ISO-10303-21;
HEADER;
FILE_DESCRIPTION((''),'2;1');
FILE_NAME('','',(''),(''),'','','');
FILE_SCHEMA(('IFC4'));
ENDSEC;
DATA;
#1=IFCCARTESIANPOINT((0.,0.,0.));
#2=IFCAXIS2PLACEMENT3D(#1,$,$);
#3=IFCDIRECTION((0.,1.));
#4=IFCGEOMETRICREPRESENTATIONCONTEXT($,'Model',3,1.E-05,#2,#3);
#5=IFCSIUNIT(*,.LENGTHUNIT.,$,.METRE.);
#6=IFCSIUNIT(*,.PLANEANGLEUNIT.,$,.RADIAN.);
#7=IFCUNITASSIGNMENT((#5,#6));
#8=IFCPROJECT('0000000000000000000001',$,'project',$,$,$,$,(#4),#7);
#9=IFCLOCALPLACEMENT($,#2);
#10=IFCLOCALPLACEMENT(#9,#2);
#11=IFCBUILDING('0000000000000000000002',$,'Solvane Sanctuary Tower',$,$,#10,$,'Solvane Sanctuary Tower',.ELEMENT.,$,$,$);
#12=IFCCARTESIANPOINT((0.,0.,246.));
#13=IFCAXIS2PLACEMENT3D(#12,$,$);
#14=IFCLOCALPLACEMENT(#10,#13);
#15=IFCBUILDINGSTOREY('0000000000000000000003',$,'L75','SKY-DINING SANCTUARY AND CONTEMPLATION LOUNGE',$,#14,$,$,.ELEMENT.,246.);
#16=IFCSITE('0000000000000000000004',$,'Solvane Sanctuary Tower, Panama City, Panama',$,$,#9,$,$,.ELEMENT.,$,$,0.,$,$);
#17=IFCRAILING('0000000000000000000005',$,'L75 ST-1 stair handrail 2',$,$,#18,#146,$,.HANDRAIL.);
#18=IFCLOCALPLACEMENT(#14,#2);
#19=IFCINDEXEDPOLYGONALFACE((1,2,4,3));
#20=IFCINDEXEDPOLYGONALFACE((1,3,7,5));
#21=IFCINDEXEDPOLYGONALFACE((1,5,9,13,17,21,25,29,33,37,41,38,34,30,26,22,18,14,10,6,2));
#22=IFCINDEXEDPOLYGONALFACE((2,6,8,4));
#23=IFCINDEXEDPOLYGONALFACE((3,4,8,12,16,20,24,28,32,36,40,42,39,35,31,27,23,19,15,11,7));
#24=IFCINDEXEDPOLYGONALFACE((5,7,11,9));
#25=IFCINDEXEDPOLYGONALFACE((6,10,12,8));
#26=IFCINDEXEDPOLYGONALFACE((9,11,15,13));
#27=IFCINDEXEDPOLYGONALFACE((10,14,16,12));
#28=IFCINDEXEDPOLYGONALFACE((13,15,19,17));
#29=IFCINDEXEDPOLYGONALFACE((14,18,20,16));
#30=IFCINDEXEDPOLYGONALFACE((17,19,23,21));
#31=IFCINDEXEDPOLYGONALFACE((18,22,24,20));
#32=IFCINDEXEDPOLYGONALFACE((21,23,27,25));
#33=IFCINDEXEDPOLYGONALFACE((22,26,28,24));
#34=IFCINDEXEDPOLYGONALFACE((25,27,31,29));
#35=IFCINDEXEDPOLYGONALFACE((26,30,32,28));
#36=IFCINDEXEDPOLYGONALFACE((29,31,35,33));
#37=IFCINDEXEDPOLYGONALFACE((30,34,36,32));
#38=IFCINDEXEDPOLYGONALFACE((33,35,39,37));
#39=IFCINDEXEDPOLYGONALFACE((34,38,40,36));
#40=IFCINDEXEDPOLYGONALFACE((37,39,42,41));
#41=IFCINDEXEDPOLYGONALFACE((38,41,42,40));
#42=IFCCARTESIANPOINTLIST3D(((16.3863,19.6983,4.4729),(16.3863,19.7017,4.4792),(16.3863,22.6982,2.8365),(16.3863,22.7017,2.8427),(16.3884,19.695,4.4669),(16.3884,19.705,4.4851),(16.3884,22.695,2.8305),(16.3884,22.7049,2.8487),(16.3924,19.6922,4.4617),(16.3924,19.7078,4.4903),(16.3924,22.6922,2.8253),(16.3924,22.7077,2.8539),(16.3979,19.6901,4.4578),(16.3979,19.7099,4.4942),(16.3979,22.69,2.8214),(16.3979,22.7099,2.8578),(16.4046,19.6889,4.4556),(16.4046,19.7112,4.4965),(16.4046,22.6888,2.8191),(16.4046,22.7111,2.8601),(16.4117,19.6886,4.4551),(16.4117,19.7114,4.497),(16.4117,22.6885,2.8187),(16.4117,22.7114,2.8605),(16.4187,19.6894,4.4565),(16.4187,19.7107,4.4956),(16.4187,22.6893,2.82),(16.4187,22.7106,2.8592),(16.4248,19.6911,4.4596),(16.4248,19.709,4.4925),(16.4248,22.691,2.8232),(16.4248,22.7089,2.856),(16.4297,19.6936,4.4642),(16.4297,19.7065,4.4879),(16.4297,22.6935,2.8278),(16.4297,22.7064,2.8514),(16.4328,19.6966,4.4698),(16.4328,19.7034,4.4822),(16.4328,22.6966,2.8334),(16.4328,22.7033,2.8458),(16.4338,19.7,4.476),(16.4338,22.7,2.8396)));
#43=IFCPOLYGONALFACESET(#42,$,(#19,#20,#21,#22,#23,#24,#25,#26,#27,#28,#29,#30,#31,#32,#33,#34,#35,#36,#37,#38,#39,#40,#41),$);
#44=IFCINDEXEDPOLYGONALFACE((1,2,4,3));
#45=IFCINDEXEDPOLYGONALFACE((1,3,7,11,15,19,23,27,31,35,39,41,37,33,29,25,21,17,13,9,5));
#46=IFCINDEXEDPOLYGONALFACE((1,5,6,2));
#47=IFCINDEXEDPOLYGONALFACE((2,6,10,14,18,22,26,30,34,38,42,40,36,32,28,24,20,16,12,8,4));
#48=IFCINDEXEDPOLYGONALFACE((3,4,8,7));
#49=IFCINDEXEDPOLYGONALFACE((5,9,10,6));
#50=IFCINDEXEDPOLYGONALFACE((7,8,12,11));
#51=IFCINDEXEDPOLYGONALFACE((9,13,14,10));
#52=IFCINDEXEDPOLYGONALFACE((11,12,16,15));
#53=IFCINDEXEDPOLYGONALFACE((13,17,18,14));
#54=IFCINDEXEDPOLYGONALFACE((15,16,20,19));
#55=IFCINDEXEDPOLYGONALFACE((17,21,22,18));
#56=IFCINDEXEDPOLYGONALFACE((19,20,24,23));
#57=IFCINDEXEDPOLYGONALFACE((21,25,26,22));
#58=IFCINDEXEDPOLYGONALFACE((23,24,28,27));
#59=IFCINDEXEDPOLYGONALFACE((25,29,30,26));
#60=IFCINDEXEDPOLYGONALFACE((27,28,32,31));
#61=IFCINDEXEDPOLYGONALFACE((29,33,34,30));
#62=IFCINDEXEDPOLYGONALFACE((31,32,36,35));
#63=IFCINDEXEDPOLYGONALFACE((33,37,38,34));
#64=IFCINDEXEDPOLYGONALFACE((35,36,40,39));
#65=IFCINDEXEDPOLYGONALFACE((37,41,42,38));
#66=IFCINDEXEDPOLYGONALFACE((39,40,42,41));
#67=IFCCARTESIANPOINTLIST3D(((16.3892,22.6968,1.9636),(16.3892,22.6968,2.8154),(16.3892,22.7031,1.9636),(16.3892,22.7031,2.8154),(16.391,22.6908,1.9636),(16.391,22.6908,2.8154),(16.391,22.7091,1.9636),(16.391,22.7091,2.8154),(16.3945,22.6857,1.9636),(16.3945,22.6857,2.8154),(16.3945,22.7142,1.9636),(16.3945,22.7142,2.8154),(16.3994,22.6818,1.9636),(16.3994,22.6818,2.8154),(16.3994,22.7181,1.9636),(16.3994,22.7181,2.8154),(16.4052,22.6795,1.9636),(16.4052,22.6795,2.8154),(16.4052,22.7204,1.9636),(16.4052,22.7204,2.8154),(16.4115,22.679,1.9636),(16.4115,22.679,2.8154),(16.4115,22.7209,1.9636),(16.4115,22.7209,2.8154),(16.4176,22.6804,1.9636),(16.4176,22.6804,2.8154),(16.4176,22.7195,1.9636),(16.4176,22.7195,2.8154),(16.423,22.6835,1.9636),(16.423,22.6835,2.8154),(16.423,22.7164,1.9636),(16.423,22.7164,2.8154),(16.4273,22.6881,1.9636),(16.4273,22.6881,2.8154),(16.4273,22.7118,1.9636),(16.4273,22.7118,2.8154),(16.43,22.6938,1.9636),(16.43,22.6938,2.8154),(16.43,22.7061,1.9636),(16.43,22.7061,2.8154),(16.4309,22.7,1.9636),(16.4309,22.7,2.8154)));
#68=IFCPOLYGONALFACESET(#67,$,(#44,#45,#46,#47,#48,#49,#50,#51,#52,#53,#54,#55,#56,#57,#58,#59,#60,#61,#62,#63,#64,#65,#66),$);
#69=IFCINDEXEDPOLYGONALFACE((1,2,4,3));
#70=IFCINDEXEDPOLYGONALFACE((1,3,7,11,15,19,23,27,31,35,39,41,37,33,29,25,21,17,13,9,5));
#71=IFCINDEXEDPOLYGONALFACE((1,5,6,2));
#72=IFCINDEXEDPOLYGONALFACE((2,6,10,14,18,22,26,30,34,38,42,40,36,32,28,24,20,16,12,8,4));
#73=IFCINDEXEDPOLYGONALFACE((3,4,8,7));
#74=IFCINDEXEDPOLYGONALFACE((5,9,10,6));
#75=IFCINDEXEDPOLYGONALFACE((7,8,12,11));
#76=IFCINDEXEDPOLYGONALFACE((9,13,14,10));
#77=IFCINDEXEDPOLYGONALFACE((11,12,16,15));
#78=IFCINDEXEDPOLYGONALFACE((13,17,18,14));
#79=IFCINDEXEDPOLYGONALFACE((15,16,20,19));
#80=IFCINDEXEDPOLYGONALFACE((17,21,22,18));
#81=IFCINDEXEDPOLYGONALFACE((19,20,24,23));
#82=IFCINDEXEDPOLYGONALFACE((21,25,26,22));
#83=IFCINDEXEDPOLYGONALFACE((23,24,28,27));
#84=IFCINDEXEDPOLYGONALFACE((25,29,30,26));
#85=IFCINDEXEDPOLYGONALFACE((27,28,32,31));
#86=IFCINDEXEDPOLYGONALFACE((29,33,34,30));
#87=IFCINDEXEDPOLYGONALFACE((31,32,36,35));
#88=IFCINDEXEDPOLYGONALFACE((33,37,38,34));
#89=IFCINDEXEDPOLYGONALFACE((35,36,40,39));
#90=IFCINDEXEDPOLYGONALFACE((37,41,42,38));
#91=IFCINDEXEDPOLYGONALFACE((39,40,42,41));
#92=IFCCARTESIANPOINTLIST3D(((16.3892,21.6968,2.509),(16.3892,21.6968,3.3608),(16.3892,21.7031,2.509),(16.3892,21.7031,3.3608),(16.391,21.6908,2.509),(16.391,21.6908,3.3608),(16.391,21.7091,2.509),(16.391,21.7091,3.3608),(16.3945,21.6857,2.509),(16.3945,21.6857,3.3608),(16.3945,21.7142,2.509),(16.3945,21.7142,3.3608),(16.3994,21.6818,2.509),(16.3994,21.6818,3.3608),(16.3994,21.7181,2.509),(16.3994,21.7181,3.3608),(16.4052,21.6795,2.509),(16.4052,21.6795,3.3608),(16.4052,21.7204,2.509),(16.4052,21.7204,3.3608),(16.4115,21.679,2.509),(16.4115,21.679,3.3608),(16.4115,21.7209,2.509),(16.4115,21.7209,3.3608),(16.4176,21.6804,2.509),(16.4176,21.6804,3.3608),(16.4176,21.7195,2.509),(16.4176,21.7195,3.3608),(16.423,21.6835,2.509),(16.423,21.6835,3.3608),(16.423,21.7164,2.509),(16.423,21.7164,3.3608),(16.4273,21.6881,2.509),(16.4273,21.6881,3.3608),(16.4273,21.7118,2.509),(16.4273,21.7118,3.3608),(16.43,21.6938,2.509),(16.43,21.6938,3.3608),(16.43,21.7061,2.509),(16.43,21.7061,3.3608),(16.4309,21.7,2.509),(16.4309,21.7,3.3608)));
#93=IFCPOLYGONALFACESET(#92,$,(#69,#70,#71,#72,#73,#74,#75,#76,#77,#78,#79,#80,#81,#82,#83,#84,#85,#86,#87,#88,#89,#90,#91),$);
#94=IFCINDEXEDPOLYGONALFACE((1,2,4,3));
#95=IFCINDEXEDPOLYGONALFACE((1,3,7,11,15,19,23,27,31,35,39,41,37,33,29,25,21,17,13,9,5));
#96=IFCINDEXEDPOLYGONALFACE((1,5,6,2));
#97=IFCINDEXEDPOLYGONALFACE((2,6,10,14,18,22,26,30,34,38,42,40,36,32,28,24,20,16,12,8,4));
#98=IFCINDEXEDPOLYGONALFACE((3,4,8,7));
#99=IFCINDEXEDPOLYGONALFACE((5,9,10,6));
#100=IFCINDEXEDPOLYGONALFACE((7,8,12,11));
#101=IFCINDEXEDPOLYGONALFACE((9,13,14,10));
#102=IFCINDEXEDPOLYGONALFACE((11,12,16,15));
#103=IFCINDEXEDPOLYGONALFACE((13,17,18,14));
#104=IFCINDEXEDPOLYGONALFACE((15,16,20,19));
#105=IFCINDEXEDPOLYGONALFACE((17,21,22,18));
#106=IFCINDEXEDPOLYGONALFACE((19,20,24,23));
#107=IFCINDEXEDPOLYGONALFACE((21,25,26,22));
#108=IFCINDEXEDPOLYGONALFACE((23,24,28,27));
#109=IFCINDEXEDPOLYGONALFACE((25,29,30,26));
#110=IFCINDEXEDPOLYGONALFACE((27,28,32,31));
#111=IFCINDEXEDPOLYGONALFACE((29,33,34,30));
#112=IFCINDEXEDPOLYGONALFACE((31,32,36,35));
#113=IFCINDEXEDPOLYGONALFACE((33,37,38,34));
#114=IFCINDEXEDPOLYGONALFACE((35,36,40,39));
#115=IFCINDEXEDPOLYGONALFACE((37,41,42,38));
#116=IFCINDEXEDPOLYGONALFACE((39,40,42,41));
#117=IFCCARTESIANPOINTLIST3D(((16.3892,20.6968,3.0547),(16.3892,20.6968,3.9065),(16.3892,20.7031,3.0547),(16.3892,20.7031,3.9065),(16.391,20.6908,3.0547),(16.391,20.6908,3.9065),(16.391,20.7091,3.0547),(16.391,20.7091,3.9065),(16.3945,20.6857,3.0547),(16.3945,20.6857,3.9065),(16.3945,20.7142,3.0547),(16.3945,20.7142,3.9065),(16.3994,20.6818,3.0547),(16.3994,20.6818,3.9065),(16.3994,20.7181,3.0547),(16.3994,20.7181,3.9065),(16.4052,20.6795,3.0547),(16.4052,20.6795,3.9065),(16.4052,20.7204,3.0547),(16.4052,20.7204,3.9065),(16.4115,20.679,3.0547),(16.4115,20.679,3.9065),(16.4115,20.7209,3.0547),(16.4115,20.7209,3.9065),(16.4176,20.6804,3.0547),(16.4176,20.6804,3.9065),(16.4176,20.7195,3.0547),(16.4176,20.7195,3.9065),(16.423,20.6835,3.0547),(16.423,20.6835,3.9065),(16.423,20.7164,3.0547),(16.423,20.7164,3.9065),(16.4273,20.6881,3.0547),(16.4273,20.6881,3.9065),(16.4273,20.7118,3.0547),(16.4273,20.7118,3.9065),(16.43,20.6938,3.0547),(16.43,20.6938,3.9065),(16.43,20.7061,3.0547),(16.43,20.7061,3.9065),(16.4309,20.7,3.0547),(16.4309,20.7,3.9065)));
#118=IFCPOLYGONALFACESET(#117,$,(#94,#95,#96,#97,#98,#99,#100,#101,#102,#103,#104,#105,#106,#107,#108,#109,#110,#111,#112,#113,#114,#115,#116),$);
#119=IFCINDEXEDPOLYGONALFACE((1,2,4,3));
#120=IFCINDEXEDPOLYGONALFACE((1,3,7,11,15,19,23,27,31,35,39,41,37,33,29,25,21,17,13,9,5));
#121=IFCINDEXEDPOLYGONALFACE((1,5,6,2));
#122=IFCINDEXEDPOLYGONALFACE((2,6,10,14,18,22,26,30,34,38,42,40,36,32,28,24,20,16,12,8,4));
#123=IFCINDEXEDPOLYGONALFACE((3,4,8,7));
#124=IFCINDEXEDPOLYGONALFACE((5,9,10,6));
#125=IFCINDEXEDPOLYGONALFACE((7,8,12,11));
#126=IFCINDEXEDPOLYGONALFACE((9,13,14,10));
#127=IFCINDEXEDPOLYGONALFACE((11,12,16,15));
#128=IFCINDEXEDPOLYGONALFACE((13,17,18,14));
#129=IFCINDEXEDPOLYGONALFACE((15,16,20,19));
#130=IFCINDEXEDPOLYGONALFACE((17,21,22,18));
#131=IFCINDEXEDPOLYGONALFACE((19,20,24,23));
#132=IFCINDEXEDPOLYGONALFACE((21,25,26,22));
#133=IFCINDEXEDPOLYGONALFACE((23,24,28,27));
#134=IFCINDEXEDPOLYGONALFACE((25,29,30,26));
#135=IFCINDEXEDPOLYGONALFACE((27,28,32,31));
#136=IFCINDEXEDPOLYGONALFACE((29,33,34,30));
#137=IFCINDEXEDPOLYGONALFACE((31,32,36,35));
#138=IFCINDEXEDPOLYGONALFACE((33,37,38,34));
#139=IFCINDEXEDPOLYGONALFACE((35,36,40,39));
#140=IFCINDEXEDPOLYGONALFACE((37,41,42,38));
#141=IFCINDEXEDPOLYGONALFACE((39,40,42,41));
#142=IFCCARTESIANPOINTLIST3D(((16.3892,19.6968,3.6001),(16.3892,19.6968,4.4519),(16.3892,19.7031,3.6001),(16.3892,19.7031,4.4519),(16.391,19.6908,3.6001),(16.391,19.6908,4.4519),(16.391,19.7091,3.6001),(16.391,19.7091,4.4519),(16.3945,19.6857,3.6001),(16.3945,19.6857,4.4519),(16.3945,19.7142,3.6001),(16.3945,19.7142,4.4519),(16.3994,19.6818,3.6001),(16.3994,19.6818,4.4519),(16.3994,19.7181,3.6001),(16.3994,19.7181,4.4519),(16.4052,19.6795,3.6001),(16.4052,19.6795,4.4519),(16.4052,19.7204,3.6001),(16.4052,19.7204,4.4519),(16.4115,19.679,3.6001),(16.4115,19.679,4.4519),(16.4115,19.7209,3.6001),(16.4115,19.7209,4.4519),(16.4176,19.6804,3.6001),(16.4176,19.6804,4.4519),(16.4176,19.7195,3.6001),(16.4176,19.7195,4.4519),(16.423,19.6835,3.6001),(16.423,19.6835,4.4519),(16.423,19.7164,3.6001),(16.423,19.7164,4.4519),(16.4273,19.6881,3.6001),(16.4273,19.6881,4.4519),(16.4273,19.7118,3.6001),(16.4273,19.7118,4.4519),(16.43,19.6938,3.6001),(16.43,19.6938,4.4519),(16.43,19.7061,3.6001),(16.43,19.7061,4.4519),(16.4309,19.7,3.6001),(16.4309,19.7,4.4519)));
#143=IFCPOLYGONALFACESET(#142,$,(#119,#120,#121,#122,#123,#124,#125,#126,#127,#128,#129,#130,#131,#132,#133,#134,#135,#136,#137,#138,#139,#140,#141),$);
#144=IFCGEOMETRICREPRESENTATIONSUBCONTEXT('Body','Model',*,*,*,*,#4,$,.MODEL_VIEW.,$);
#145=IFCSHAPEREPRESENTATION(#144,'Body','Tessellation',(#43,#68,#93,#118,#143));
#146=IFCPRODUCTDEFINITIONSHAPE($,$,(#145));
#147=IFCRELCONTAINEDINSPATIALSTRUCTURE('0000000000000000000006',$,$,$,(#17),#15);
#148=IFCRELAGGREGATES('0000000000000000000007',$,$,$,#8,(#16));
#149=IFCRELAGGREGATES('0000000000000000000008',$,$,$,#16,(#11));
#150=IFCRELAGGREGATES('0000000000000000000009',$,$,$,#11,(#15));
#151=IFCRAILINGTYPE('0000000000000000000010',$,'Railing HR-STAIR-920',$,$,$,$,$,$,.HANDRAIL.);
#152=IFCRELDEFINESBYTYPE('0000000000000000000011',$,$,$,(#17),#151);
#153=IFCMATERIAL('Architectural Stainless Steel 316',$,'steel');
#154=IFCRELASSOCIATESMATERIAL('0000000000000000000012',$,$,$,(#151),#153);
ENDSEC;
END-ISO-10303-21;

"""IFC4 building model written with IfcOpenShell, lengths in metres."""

from ifc_helpers import new_model, si_unit, direction, frame, origin, origin_2d, place, context, subcontext, project, spatial, circle, extrude, material, type_object, element, save


model = new_model("IFC4")

# Units and contexts
model_context = context("Model", 3, precision=1e-05, world=origin(), true_north=direction((0.0, 1.0)))
body_context = subcontext(model_context, "Body", "Model", "MODEL_VIEW")
ifc_project = project(units=[si_unit("LENGTHUNIT", "METRE"), si_unit("PLANEANGLEUNIT", "RADIAN")], contexts=[model_context])

# Site, building, storey
site_placement = place(None, origin())
site = spatial("IfcSite", under=ifc_project, at=site_placement, Name="Solvane Sanctuary Tower, Panama City, Panama", CompositionType="ELEMENT", RefElevation=0.0)
building_placement = place(site_placement, origin())
building = spatial("IfcBuilding", under=site, at=building_placement, Name="Solvane Sanctuary Tower", LongName="Solvane Sanctuary Tower", CompositionType="ELEMENT")
storey_placement = place(building_placement, frame((0.0, 0.0, 246.0)))
storey = spatial("IfcBuildingStorey", under=building, at=storey_placement, Name="L75", Description="SKY-DINING SANCTUARY AND CONTEMPLATION LOUNGE", CompositionType="ELEMENT", Elevation=246.0)

# Shared definitions
ifc_material_1 = material(Name="Architectural Stainless Steel 316", Category="steel")

# Railing
railing_type_1 = type_object("IfcRailingType", Name="Railing HR-STAIR-920", PredefinedType="HANDRAIL", material=ifc_material_1)
railing_1_placement = place(storey_placement, frame((16.4099, 22.7, 1.9636)))
element("IfcRailing", 1, at=railing_1_placement, inside=storey, type_object=railing_type_1, Name="L75 ST-1 stair handrail 2", PredefinedType="HANDRAIL", context=body_context, shape_type="SweptSolid", body=[
    extrude(circle(Radius=0.0239, at=origin_2d()), frame((0.0, 0.0, 0.876), z_axis=(0.0, -0.877882, 0.478877), x_axis=(1.0, 0.0, 0.0)), (0.0, 0.0, 1.0), 3.4172),
    extrude(circle(Radius=0.021, at=origin_2d()), origin(), (0.0, 0.0, 1.0), 0.8518),
    extrude(circle(Radius=0.021, at=origin_2d()), frame((0.0, -1.0, 0.5454)), (0.0, 0.0, 1.0), 0.8518),
    extrude(circle(Radius=0.021, at=origin_2d()), frame((0.0, -2.0, 1.0911)), (0.0, 0.0, 1.0), 0.8518),
    extrude(circle(Radius=0.021, at=origin_2d()), frame((0.0, -3.0, 1.6365)), (0.0, 0.0, 1.0), 0.8518),
])

save(model, "model.ifc")
